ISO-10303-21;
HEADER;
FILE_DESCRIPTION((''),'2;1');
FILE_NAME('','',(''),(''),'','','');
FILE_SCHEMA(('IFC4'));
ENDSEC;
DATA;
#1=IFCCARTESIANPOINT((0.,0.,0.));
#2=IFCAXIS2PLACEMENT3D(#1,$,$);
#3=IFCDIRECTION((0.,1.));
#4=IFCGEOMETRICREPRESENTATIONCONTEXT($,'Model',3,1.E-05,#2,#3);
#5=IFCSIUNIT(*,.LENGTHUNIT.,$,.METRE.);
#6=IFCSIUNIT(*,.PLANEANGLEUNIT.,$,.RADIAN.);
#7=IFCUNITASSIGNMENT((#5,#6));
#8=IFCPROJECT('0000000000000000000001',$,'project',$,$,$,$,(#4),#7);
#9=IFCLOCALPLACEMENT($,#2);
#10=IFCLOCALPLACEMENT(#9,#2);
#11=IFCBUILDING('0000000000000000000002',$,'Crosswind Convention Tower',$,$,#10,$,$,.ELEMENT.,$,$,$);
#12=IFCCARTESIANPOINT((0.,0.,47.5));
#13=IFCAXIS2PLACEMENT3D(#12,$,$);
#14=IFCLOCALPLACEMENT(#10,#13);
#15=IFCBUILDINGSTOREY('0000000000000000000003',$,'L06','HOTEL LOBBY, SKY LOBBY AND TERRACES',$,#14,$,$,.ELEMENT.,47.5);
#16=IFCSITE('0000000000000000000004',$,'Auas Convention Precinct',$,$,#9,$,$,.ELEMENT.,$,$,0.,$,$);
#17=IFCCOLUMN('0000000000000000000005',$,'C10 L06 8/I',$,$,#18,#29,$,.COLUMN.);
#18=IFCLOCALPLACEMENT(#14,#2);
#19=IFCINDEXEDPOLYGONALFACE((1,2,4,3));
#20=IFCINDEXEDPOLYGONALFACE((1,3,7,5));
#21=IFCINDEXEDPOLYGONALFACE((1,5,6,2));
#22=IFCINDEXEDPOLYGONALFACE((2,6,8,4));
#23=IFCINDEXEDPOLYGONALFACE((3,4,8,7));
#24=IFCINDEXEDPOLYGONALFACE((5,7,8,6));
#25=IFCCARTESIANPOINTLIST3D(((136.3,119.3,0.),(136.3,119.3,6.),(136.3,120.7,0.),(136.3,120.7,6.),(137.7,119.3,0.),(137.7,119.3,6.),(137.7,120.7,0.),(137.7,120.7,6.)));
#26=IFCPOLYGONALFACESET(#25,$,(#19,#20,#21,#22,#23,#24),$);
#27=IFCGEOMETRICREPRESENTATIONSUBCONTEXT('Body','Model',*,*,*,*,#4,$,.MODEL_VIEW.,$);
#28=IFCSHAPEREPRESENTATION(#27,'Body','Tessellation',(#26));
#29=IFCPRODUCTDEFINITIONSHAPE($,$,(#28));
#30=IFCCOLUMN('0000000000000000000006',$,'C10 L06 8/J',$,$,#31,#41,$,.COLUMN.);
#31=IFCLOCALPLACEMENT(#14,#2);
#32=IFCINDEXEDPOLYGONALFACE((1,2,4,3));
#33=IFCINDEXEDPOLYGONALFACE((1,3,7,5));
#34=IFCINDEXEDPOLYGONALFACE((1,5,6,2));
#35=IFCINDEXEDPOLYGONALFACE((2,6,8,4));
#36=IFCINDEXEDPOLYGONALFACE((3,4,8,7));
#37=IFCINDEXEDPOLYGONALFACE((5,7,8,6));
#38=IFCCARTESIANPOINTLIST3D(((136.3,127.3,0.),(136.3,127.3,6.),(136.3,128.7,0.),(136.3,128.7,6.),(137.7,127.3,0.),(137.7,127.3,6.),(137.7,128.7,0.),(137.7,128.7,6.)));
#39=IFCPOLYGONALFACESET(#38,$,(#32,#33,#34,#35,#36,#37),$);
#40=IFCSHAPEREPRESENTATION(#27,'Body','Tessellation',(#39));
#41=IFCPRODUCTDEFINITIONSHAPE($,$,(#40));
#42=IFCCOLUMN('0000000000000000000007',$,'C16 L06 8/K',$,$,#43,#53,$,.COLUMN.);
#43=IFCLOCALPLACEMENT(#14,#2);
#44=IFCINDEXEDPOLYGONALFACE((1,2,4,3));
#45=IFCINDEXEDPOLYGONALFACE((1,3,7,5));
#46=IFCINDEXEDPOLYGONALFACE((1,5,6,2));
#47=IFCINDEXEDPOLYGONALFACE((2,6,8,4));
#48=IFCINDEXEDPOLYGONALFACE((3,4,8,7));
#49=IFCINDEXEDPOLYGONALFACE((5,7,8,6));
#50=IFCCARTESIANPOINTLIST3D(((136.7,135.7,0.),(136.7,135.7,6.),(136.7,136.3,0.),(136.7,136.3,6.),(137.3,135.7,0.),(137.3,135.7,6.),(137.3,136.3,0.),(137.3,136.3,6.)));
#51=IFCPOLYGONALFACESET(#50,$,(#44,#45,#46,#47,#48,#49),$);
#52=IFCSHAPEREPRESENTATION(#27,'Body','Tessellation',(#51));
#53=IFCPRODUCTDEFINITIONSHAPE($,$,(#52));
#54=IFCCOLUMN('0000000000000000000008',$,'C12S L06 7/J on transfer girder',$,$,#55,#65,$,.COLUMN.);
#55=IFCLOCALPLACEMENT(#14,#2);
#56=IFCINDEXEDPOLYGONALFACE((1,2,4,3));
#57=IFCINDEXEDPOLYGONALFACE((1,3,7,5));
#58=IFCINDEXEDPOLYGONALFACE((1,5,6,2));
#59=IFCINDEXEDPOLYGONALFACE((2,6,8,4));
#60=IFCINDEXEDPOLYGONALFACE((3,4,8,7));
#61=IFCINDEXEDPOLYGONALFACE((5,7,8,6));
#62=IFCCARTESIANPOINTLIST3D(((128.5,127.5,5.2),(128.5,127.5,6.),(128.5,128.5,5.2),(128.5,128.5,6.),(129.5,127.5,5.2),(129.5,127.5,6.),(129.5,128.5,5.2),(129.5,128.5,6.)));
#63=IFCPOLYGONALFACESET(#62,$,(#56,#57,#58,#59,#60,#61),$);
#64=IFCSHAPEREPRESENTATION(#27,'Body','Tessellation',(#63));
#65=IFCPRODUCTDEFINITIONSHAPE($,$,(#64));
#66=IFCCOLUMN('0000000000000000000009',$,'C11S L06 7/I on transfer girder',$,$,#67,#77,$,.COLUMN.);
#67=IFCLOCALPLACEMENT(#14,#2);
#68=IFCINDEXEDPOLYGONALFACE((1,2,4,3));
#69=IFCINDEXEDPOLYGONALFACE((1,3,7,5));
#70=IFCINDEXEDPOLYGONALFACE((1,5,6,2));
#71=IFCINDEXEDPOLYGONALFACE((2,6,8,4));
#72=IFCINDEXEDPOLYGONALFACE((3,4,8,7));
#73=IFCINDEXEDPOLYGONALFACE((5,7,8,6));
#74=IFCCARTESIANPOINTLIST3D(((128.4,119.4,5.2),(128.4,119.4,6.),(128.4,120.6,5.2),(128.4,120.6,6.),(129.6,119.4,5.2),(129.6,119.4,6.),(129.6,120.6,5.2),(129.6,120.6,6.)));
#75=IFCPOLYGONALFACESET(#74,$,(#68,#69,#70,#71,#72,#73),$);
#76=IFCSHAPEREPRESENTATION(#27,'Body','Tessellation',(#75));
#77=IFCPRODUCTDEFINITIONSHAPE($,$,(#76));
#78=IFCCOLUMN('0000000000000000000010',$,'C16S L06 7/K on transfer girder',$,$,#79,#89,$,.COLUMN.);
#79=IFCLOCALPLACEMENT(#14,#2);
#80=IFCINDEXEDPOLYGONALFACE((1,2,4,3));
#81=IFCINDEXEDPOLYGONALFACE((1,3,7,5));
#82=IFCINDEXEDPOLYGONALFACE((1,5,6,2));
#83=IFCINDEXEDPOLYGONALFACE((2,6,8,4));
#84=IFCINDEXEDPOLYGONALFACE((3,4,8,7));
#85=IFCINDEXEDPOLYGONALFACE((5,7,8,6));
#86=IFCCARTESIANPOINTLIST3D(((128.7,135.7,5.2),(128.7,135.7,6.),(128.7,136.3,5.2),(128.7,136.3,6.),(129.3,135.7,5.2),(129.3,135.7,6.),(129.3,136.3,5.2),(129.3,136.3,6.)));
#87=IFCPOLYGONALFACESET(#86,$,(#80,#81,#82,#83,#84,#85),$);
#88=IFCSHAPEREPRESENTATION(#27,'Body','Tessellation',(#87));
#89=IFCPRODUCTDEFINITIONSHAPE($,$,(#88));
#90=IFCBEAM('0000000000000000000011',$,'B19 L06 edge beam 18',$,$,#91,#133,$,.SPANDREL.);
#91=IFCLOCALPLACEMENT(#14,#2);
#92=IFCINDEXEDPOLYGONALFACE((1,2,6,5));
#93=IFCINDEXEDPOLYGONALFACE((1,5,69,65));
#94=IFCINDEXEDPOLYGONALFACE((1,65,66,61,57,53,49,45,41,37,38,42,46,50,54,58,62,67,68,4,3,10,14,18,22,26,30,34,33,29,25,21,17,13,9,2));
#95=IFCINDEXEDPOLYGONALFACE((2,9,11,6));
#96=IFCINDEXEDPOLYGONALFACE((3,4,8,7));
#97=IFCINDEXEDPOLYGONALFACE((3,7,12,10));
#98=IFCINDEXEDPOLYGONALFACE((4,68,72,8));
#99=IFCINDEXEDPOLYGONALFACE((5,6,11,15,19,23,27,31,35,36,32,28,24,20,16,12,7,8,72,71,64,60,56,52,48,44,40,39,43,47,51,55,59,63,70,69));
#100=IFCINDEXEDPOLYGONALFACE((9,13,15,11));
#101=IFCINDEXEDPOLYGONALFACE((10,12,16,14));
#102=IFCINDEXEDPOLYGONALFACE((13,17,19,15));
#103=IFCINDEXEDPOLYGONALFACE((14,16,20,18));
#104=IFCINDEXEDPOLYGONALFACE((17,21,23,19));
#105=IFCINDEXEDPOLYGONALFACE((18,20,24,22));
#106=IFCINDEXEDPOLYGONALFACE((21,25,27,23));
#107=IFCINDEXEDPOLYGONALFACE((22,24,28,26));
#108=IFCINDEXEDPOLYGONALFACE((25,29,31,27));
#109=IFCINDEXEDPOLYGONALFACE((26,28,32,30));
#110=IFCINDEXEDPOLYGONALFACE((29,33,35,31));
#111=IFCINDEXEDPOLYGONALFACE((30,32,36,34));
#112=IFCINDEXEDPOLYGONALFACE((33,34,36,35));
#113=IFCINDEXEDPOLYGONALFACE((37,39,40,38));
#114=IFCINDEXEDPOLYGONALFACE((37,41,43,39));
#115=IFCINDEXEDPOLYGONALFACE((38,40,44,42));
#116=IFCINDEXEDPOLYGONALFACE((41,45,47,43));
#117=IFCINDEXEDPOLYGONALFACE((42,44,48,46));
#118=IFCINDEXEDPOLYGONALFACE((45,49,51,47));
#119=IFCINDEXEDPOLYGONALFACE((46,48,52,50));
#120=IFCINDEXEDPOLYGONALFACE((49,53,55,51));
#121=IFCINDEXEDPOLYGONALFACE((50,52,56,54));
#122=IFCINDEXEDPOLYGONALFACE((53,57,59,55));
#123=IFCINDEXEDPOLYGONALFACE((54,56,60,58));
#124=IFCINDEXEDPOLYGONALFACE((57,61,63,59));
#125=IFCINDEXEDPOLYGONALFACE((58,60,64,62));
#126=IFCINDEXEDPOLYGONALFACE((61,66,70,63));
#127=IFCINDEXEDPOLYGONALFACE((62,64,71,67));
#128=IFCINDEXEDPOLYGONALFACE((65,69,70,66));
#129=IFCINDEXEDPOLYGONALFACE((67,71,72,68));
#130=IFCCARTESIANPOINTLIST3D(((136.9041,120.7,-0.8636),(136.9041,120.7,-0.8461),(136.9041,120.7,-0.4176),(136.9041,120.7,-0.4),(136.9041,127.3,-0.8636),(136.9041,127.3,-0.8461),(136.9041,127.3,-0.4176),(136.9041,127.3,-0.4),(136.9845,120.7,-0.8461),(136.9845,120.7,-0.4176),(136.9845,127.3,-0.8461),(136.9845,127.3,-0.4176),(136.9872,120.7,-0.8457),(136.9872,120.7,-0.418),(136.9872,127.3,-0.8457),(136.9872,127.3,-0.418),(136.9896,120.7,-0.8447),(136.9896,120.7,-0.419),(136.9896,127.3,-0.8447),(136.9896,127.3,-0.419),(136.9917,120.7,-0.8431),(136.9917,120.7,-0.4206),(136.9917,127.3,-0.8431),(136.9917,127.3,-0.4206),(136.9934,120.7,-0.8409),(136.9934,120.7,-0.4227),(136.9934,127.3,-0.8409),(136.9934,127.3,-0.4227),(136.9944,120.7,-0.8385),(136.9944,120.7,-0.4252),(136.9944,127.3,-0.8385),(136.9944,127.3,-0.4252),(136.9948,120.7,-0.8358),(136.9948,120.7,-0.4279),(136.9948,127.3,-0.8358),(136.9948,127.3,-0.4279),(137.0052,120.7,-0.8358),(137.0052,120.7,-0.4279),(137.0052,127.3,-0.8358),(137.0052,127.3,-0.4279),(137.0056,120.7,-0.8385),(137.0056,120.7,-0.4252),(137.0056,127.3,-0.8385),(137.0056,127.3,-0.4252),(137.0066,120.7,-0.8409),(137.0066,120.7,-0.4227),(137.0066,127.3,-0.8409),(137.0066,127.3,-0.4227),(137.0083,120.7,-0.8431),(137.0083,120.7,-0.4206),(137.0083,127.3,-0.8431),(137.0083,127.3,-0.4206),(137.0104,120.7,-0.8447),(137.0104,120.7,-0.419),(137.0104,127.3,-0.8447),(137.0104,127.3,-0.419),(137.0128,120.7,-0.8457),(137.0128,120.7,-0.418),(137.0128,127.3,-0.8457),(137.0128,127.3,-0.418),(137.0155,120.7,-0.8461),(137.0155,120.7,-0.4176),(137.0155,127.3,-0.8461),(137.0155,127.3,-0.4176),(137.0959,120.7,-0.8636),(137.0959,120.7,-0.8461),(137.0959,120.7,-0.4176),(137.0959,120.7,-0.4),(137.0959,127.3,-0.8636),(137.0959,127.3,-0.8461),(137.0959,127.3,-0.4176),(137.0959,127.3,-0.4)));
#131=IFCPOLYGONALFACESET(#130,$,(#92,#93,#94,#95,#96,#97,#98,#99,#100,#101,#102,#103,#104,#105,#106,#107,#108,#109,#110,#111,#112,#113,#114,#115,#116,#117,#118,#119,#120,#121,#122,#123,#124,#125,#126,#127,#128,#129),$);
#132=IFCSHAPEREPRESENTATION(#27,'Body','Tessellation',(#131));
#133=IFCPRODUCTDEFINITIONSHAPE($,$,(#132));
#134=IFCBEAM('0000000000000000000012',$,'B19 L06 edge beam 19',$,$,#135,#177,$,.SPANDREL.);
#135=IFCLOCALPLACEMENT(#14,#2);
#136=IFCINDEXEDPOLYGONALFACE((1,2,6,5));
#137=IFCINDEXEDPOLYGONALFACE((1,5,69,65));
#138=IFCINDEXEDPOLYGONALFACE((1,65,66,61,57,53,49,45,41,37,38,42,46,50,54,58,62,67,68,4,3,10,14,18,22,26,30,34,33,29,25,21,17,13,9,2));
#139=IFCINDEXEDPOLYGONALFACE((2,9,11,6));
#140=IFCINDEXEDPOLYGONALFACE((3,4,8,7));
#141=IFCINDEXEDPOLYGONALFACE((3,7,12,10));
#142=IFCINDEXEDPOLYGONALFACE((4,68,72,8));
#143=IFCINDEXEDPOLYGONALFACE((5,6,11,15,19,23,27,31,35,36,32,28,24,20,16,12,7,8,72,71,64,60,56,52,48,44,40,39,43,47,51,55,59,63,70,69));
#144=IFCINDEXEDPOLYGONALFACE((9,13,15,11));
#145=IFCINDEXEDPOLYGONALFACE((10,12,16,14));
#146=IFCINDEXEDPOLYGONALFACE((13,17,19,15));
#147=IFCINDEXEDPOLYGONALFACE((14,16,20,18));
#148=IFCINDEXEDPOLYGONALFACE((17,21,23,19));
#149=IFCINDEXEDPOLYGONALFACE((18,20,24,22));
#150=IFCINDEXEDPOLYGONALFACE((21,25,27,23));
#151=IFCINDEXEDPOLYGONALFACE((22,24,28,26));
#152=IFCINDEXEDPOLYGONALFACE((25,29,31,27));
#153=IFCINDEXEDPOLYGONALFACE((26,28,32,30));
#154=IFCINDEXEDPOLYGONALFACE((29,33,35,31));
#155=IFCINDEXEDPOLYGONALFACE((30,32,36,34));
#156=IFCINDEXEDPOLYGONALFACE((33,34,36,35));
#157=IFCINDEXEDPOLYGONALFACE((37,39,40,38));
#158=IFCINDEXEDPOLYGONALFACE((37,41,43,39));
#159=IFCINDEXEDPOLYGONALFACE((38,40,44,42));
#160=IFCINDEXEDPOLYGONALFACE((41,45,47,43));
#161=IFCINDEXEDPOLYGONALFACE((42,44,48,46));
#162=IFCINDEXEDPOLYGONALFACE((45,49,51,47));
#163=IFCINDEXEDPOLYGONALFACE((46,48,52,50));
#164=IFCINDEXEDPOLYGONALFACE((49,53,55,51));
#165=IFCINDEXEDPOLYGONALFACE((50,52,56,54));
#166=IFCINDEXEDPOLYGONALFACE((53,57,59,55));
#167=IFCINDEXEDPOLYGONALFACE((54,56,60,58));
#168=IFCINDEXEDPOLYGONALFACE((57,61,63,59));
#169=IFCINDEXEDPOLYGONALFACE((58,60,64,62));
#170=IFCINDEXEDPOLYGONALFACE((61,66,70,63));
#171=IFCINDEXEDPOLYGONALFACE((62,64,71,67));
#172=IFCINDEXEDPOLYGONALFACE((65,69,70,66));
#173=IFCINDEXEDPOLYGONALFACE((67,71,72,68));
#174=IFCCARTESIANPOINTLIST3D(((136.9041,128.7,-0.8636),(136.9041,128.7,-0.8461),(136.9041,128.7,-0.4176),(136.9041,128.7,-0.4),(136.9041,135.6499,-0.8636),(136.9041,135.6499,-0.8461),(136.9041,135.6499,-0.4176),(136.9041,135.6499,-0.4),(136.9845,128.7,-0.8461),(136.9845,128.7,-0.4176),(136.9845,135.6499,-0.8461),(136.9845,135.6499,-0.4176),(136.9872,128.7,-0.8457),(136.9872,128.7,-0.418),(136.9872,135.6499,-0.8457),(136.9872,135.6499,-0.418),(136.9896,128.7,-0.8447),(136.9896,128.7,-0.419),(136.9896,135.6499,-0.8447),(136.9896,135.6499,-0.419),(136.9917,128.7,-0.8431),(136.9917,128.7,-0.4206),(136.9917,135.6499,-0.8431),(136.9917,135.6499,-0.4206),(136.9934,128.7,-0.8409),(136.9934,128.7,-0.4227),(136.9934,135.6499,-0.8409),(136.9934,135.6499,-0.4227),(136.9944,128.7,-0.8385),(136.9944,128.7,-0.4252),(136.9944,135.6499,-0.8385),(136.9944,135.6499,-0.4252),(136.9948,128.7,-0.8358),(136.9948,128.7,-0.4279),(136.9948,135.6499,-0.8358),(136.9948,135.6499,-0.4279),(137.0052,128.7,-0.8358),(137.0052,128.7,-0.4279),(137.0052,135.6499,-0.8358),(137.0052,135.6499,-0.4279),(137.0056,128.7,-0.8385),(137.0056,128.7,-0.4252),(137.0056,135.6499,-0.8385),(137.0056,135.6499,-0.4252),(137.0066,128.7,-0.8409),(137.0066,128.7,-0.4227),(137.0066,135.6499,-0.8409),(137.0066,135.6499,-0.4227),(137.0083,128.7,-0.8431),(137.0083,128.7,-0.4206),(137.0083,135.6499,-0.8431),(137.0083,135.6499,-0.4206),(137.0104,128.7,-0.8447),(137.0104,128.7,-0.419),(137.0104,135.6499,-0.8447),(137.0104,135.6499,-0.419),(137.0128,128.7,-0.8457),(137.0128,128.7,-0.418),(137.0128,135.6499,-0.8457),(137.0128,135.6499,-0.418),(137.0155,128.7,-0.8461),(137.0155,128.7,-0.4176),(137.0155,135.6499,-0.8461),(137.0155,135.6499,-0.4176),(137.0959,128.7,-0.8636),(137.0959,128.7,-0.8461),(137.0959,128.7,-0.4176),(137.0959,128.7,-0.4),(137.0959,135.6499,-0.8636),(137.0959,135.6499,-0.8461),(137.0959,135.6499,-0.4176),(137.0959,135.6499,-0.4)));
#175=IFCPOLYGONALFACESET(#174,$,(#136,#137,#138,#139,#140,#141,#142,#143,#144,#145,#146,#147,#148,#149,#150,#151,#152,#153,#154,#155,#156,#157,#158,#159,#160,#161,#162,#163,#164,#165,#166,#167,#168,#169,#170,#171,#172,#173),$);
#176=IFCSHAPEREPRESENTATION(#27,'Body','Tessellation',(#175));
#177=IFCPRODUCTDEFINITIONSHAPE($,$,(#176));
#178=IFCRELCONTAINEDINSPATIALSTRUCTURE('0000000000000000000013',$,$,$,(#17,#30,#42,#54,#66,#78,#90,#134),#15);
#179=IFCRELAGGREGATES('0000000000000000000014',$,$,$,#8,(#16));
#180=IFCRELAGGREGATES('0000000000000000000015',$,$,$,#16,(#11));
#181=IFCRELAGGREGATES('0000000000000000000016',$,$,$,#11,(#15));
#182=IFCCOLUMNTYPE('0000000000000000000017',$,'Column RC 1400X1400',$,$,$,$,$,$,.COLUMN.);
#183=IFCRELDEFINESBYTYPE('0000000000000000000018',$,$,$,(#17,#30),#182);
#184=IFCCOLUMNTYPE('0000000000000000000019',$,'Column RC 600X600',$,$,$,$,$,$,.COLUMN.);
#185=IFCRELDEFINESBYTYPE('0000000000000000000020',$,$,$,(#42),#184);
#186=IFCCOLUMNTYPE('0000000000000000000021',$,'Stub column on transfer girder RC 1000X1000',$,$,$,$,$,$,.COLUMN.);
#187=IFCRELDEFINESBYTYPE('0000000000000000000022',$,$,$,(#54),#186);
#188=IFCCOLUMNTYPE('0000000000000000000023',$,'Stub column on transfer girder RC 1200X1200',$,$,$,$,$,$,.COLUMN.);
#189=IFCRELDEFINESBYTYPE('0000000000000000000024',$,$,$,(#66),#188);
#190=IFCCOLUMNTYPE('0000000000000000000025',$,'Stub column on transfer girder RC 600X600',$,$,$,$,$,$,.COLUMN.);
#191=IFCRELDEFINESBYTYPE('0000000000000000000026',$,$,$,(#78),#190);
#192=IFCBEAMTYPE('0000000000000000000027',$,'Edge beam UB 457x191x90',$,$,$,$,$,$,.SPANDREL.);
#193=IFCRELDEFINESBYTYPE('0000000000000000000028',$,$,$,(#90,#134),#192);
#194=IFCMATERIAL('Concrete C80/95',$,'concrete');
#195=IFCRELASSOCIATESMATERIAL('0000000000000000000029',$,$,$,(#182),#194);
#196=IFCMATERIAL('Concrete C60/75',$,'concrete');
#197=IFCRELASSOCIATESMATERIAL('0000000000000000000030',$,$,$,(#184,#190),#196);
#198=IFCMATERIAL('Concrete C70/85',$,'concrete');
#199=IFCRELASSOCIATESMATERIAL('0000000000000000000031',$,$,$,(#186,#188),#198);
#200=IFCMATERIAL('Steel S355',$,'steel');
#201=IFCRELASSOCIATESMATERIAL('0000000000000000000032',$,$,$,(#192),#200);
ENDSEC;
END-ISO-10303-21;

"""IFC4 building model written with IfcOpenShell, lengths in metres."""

from ifc_helpers import new_model, si_unit, direction, frame, origin, origin_2d, place, context, subcontext, project, spatial, rectangle, i_section, extrude, material, material_profile, profile_set, type_object, element, save


model = new_model("IFC4")

# Units and contexts
model_context = context("Model", 3, precision=1e-05, world=origin(), true_north=direction((0.0, 1.0)))
body_context = subcontext(model_context, "Body", "Model", "MODEL_VIEW")
ifc_project = project(units=[si_unit("LENGTHUNIT", "METRE"), si_unit("PLANEANGLEUNIT", "RADIAN")], contexts=[model_context])

# Site, building, storey
site_placement = place(None, origin())
site = spatial("IfcSite", under=ifc_project, at=site_placement, Name="Auas Convention Precinct", CompositionType="ELEMENT", RefElevation=0.0)
building_placement = place(site_placement, origin())
building = spatial("IfcBuilding", under=site, at=building_placement, Name="Crosswind Convention Tower", CompositionType="ELEMENT")
storey_placement = place(building_placement, frame((0.0, 0.0, 47.5)))
storey = spatial("IfcBuildingStorey", under=building, at=storey_placement, Name="L06", Description="HOTEL LOBBY, SKY LOBBY AND TERRACES", CompositionType="ELEMENT", Elevation=47.5)

# Columns
ifc_material_1 = material(Name="Concrete C80/95", Category="concrete")
ifc_material_profile_1 = material_profile(ifc_material_1, rectangle(XDim=1.3999, YDim=1.3999, at=origin_2d()), Name="RC 1400X1400")
ifc_profile_set_1 = profile_set([ifc_material_profile_1], Name="Concrete C80/95")
column_type_1 = type_object("IfcColumnType", Name="Column RC 1400X1400", PredefinedType="COLUMN", material=ifc_profile_set_1)
for number, where, z_axis, x_axis, name in (
    (1, (137.0, 120.0, 0.0), (0.0, 0.0, 1.0), (1.0, 0.0, 0.0), "C10 L06 8/I"),
    (2, (137.0, 128.0, 0.0), (0.0, 0.0, 1.0), (1.0, 0.0, 0.0), "C10 L06 8/J"),
):
    element("IfcColumn", number, at=place(storey_placement, frame(where, z_axis=z_axis, x_axis=x_axis)), inside=storey, type_object=column_type_1, Name=name, PredefinedType="COLUMN", context=body_context, shape_type="SweptSolid", body=[
        extrude(rectangle(XDim=1.3999, YDim=1.3999, at=origin_2d()), origin(), (0.0, 0.0, 1.0), 6.0),
    ])
ifc_material_2 = material(Name="Concrete C60/75", Category="concrete")
ifc_material_profile_2 = material_profile(ifc_material_2, rectangle(XDim=0.6001, YDim=0.6001, at=origin_2d()), Name="RC 600X600")
ifc_profile_set_2 = profile_set([ifc_material_profile_2], Name="Concrete C60/75")
column_type_2 = type_object("IfcColumnType", Name="Column RC 600X600", PredefinedType="COLUMN", material=ifc_profile_set_2)
column_1_placement = place(storey_placement, frame((137.0, 136.0, 0.0), z_axis=(0.0, 0.0, 1.0), x_axis=(1.0, 0.0, 0.0)))
element("IfcColumn", 3, at=column_1_placement, inside=storey, type_object=column_type_2, Name="C16 L06 8/K", PredefinedType="COLUMN", context=body_context, shape_type="SweptSolid", body=[
    extrude(rectangle(XDim=0.6001, YDim=0.6001, at=origin_2d()), origin(), (0.0, 0.0, 1.0), 6.0),
])
ifc_material_3 = material(Name="Concrete C70/85", Category="concrete")
ifc_material_profile_3 = material_profile(ifc_material_3, rectangle(XDim=1.0, YDim=1.0, at=origin_2d()), Name="RC 1000X1000")
ifc_profile_set_3 = profile_set([ifc_material_profile_3], Name="Concrete C70/85")
column_type_3 = type_object("IfcColumnType", Name="Stub column on transfer girder RC 1000X1000", PredefinedType="COLUMN", material=ifc_profile_set_3)
column_2_placement = place(storey_placement, frame((129.0, 128.0, 5.2), z_axis=(0.0, 0.0, 1.0), x_axis=(1.0, 0.0, 0.0)))
element("IfcColumn", 4, at=column_2_placement, inside=storey, type_object=column_type_3, Name="C12S L06 7/J on transfer girder", PredefinedType="COLUMN", context=body_context, shape_type="SweptSolid", body=[
    extrude(rectangle(XDim=1.0, YDim=1.0, at=origin_2d()), origin(), (0.0, 0.0, 1.0), 0.8),
])
ifc_material_profile_4 = material_profile(ifc_material_3, rectangle(XDim=1.2, YDim=1.2, at=origin_2d()), Name="RC 1200X1200")
ifc_profile_set_4 = profile_set([ifc_material_profile_4], Name="Concrete C70/85")
column_type_4 = type_object("IfcColumnType", Name="Stub column on transfer girder RC 1200X1200", PredefinedType="COLUMN", material=ifc_profile_set_4)
column_3_placement = place(storey_placement, frame((129.0, 120.0, 5.2), z_axis=(0.0, 0.0, 1.0), x_axis=(1.0, 0.0, 0.0)))
element("IfcColumn", 5, at=column_3_placement, inside=storey, type_object=column_type_4, Name="C11S L06 7/I on transfer girder", PredefinedType="COLUMN", context=body_context, shape_type="SweptSolid", body=[
    extrude(rectangle(XDim=1.2, YDim=1.2, at=origin_2d()), origin(), (0.0, 0.0, 1.0), 0.8),
])
ifc_material_profile_5 = material_profile(ifc_material_2, rectangle(XDim=0.6001, YDim=0.6001, at=origin_2d()), Name="RC 600X600")
ifc_profile_set_5 = profile_set([ifc_material_profile_5], Name="Concrete C60/75")
column_type_5 = type_object("IfcColumnType", Name="Stub column on transfer girder RC 600X600", PredefinedType="COLUMN", material=ifc_profile_set_5)
column_4_placement = place(storey_placement, frame((129.0, 136.0, 5.2), z_axis=(0.0, 0.0, 1.0), x_axis=(1.0, 0.0, 0.0)))
element("IfcColumn", 6, at=column_4_placement, inside=storey, type_object=column_type_5, Name="C16S L06 7/K on transfer girder", PredefinedType="COLUMN", context=body_context, shape_type="SweptSolid", body=[
    extrude(rectangle(XDim=0.6001, YDim=0.6001, at=origin_2d()), origin(), (0.0, 0.0, 1.0), 0.8),
])

# Beams
ifc_material_4 = material(Name="Steel S355", Category="steel")
ifc_material_profile_6 = material_profile(ifc_material_4, i_section(OverallWidth=0.1919, OverallDepth=0.4636, WebThickness=0.0105, FlangeThickness=0.0176, FilletRadius=0.0103, at=origin_2d()), Name="UB 457x191x90")
ifc_profile_set_6 = profile_set([ifc_material_profile_6], Name="Steel S355")
beam_type_1 = type_object("IfcBeamType", Name="Edge beam UB 457x191x90", PredefinedType="SPANDREL", material=ifc_profile_set_6)
beam_1_placement = place(storey_placement, frame((137.0, 120.7, -0.6318), z_axis=(0.0, 1.0, 0.0), x_axis=(-1.0, 0.0, 0.0)))
element("IfcBeam", 7, at=beam_1_placement, inside=storey, type_object=beam_type_1, Name="B19 L06 edge beam 18", PredefinedType="SPANDREL", context=body_context, shape_type="SweptSolid", body=[
    extrude(i_section(OverallWidth=0.1919, OverallDepth=0.4636, WebThickness=0.0105, FlangeThickness=0.0176, FilletRadius=0.0103, at=origin_2d()), origin(), (0.0, 0.0, 1.0), 6.6001),
])
beam_2_placement = place(storey_placement, frame((137.0, 128.7, -0.6318), z_axis=(0.0, 1.0, 0.0), x_axis=(-1.0, 0.0, 0.0)))
element("IfcBeam", 8, at=beam_2_placement, inside=storey, type_object=beam_type_1, Name="B19 L06 edge beam 19", PredefinedType="SPANDREL", context=body_context, shape_type="SweptSolid", body=[
    extrude(i_section(OverallWidth=0.1919, OverallDepth=0.4636, WebThickness=0.0105, FlangeThickness=0.0176, FilletRadius=0.0103, at=origin_2d()), origin(), (0.0, 0.0, 1.0), 6.95),
])

save(model, "model.ifc")
